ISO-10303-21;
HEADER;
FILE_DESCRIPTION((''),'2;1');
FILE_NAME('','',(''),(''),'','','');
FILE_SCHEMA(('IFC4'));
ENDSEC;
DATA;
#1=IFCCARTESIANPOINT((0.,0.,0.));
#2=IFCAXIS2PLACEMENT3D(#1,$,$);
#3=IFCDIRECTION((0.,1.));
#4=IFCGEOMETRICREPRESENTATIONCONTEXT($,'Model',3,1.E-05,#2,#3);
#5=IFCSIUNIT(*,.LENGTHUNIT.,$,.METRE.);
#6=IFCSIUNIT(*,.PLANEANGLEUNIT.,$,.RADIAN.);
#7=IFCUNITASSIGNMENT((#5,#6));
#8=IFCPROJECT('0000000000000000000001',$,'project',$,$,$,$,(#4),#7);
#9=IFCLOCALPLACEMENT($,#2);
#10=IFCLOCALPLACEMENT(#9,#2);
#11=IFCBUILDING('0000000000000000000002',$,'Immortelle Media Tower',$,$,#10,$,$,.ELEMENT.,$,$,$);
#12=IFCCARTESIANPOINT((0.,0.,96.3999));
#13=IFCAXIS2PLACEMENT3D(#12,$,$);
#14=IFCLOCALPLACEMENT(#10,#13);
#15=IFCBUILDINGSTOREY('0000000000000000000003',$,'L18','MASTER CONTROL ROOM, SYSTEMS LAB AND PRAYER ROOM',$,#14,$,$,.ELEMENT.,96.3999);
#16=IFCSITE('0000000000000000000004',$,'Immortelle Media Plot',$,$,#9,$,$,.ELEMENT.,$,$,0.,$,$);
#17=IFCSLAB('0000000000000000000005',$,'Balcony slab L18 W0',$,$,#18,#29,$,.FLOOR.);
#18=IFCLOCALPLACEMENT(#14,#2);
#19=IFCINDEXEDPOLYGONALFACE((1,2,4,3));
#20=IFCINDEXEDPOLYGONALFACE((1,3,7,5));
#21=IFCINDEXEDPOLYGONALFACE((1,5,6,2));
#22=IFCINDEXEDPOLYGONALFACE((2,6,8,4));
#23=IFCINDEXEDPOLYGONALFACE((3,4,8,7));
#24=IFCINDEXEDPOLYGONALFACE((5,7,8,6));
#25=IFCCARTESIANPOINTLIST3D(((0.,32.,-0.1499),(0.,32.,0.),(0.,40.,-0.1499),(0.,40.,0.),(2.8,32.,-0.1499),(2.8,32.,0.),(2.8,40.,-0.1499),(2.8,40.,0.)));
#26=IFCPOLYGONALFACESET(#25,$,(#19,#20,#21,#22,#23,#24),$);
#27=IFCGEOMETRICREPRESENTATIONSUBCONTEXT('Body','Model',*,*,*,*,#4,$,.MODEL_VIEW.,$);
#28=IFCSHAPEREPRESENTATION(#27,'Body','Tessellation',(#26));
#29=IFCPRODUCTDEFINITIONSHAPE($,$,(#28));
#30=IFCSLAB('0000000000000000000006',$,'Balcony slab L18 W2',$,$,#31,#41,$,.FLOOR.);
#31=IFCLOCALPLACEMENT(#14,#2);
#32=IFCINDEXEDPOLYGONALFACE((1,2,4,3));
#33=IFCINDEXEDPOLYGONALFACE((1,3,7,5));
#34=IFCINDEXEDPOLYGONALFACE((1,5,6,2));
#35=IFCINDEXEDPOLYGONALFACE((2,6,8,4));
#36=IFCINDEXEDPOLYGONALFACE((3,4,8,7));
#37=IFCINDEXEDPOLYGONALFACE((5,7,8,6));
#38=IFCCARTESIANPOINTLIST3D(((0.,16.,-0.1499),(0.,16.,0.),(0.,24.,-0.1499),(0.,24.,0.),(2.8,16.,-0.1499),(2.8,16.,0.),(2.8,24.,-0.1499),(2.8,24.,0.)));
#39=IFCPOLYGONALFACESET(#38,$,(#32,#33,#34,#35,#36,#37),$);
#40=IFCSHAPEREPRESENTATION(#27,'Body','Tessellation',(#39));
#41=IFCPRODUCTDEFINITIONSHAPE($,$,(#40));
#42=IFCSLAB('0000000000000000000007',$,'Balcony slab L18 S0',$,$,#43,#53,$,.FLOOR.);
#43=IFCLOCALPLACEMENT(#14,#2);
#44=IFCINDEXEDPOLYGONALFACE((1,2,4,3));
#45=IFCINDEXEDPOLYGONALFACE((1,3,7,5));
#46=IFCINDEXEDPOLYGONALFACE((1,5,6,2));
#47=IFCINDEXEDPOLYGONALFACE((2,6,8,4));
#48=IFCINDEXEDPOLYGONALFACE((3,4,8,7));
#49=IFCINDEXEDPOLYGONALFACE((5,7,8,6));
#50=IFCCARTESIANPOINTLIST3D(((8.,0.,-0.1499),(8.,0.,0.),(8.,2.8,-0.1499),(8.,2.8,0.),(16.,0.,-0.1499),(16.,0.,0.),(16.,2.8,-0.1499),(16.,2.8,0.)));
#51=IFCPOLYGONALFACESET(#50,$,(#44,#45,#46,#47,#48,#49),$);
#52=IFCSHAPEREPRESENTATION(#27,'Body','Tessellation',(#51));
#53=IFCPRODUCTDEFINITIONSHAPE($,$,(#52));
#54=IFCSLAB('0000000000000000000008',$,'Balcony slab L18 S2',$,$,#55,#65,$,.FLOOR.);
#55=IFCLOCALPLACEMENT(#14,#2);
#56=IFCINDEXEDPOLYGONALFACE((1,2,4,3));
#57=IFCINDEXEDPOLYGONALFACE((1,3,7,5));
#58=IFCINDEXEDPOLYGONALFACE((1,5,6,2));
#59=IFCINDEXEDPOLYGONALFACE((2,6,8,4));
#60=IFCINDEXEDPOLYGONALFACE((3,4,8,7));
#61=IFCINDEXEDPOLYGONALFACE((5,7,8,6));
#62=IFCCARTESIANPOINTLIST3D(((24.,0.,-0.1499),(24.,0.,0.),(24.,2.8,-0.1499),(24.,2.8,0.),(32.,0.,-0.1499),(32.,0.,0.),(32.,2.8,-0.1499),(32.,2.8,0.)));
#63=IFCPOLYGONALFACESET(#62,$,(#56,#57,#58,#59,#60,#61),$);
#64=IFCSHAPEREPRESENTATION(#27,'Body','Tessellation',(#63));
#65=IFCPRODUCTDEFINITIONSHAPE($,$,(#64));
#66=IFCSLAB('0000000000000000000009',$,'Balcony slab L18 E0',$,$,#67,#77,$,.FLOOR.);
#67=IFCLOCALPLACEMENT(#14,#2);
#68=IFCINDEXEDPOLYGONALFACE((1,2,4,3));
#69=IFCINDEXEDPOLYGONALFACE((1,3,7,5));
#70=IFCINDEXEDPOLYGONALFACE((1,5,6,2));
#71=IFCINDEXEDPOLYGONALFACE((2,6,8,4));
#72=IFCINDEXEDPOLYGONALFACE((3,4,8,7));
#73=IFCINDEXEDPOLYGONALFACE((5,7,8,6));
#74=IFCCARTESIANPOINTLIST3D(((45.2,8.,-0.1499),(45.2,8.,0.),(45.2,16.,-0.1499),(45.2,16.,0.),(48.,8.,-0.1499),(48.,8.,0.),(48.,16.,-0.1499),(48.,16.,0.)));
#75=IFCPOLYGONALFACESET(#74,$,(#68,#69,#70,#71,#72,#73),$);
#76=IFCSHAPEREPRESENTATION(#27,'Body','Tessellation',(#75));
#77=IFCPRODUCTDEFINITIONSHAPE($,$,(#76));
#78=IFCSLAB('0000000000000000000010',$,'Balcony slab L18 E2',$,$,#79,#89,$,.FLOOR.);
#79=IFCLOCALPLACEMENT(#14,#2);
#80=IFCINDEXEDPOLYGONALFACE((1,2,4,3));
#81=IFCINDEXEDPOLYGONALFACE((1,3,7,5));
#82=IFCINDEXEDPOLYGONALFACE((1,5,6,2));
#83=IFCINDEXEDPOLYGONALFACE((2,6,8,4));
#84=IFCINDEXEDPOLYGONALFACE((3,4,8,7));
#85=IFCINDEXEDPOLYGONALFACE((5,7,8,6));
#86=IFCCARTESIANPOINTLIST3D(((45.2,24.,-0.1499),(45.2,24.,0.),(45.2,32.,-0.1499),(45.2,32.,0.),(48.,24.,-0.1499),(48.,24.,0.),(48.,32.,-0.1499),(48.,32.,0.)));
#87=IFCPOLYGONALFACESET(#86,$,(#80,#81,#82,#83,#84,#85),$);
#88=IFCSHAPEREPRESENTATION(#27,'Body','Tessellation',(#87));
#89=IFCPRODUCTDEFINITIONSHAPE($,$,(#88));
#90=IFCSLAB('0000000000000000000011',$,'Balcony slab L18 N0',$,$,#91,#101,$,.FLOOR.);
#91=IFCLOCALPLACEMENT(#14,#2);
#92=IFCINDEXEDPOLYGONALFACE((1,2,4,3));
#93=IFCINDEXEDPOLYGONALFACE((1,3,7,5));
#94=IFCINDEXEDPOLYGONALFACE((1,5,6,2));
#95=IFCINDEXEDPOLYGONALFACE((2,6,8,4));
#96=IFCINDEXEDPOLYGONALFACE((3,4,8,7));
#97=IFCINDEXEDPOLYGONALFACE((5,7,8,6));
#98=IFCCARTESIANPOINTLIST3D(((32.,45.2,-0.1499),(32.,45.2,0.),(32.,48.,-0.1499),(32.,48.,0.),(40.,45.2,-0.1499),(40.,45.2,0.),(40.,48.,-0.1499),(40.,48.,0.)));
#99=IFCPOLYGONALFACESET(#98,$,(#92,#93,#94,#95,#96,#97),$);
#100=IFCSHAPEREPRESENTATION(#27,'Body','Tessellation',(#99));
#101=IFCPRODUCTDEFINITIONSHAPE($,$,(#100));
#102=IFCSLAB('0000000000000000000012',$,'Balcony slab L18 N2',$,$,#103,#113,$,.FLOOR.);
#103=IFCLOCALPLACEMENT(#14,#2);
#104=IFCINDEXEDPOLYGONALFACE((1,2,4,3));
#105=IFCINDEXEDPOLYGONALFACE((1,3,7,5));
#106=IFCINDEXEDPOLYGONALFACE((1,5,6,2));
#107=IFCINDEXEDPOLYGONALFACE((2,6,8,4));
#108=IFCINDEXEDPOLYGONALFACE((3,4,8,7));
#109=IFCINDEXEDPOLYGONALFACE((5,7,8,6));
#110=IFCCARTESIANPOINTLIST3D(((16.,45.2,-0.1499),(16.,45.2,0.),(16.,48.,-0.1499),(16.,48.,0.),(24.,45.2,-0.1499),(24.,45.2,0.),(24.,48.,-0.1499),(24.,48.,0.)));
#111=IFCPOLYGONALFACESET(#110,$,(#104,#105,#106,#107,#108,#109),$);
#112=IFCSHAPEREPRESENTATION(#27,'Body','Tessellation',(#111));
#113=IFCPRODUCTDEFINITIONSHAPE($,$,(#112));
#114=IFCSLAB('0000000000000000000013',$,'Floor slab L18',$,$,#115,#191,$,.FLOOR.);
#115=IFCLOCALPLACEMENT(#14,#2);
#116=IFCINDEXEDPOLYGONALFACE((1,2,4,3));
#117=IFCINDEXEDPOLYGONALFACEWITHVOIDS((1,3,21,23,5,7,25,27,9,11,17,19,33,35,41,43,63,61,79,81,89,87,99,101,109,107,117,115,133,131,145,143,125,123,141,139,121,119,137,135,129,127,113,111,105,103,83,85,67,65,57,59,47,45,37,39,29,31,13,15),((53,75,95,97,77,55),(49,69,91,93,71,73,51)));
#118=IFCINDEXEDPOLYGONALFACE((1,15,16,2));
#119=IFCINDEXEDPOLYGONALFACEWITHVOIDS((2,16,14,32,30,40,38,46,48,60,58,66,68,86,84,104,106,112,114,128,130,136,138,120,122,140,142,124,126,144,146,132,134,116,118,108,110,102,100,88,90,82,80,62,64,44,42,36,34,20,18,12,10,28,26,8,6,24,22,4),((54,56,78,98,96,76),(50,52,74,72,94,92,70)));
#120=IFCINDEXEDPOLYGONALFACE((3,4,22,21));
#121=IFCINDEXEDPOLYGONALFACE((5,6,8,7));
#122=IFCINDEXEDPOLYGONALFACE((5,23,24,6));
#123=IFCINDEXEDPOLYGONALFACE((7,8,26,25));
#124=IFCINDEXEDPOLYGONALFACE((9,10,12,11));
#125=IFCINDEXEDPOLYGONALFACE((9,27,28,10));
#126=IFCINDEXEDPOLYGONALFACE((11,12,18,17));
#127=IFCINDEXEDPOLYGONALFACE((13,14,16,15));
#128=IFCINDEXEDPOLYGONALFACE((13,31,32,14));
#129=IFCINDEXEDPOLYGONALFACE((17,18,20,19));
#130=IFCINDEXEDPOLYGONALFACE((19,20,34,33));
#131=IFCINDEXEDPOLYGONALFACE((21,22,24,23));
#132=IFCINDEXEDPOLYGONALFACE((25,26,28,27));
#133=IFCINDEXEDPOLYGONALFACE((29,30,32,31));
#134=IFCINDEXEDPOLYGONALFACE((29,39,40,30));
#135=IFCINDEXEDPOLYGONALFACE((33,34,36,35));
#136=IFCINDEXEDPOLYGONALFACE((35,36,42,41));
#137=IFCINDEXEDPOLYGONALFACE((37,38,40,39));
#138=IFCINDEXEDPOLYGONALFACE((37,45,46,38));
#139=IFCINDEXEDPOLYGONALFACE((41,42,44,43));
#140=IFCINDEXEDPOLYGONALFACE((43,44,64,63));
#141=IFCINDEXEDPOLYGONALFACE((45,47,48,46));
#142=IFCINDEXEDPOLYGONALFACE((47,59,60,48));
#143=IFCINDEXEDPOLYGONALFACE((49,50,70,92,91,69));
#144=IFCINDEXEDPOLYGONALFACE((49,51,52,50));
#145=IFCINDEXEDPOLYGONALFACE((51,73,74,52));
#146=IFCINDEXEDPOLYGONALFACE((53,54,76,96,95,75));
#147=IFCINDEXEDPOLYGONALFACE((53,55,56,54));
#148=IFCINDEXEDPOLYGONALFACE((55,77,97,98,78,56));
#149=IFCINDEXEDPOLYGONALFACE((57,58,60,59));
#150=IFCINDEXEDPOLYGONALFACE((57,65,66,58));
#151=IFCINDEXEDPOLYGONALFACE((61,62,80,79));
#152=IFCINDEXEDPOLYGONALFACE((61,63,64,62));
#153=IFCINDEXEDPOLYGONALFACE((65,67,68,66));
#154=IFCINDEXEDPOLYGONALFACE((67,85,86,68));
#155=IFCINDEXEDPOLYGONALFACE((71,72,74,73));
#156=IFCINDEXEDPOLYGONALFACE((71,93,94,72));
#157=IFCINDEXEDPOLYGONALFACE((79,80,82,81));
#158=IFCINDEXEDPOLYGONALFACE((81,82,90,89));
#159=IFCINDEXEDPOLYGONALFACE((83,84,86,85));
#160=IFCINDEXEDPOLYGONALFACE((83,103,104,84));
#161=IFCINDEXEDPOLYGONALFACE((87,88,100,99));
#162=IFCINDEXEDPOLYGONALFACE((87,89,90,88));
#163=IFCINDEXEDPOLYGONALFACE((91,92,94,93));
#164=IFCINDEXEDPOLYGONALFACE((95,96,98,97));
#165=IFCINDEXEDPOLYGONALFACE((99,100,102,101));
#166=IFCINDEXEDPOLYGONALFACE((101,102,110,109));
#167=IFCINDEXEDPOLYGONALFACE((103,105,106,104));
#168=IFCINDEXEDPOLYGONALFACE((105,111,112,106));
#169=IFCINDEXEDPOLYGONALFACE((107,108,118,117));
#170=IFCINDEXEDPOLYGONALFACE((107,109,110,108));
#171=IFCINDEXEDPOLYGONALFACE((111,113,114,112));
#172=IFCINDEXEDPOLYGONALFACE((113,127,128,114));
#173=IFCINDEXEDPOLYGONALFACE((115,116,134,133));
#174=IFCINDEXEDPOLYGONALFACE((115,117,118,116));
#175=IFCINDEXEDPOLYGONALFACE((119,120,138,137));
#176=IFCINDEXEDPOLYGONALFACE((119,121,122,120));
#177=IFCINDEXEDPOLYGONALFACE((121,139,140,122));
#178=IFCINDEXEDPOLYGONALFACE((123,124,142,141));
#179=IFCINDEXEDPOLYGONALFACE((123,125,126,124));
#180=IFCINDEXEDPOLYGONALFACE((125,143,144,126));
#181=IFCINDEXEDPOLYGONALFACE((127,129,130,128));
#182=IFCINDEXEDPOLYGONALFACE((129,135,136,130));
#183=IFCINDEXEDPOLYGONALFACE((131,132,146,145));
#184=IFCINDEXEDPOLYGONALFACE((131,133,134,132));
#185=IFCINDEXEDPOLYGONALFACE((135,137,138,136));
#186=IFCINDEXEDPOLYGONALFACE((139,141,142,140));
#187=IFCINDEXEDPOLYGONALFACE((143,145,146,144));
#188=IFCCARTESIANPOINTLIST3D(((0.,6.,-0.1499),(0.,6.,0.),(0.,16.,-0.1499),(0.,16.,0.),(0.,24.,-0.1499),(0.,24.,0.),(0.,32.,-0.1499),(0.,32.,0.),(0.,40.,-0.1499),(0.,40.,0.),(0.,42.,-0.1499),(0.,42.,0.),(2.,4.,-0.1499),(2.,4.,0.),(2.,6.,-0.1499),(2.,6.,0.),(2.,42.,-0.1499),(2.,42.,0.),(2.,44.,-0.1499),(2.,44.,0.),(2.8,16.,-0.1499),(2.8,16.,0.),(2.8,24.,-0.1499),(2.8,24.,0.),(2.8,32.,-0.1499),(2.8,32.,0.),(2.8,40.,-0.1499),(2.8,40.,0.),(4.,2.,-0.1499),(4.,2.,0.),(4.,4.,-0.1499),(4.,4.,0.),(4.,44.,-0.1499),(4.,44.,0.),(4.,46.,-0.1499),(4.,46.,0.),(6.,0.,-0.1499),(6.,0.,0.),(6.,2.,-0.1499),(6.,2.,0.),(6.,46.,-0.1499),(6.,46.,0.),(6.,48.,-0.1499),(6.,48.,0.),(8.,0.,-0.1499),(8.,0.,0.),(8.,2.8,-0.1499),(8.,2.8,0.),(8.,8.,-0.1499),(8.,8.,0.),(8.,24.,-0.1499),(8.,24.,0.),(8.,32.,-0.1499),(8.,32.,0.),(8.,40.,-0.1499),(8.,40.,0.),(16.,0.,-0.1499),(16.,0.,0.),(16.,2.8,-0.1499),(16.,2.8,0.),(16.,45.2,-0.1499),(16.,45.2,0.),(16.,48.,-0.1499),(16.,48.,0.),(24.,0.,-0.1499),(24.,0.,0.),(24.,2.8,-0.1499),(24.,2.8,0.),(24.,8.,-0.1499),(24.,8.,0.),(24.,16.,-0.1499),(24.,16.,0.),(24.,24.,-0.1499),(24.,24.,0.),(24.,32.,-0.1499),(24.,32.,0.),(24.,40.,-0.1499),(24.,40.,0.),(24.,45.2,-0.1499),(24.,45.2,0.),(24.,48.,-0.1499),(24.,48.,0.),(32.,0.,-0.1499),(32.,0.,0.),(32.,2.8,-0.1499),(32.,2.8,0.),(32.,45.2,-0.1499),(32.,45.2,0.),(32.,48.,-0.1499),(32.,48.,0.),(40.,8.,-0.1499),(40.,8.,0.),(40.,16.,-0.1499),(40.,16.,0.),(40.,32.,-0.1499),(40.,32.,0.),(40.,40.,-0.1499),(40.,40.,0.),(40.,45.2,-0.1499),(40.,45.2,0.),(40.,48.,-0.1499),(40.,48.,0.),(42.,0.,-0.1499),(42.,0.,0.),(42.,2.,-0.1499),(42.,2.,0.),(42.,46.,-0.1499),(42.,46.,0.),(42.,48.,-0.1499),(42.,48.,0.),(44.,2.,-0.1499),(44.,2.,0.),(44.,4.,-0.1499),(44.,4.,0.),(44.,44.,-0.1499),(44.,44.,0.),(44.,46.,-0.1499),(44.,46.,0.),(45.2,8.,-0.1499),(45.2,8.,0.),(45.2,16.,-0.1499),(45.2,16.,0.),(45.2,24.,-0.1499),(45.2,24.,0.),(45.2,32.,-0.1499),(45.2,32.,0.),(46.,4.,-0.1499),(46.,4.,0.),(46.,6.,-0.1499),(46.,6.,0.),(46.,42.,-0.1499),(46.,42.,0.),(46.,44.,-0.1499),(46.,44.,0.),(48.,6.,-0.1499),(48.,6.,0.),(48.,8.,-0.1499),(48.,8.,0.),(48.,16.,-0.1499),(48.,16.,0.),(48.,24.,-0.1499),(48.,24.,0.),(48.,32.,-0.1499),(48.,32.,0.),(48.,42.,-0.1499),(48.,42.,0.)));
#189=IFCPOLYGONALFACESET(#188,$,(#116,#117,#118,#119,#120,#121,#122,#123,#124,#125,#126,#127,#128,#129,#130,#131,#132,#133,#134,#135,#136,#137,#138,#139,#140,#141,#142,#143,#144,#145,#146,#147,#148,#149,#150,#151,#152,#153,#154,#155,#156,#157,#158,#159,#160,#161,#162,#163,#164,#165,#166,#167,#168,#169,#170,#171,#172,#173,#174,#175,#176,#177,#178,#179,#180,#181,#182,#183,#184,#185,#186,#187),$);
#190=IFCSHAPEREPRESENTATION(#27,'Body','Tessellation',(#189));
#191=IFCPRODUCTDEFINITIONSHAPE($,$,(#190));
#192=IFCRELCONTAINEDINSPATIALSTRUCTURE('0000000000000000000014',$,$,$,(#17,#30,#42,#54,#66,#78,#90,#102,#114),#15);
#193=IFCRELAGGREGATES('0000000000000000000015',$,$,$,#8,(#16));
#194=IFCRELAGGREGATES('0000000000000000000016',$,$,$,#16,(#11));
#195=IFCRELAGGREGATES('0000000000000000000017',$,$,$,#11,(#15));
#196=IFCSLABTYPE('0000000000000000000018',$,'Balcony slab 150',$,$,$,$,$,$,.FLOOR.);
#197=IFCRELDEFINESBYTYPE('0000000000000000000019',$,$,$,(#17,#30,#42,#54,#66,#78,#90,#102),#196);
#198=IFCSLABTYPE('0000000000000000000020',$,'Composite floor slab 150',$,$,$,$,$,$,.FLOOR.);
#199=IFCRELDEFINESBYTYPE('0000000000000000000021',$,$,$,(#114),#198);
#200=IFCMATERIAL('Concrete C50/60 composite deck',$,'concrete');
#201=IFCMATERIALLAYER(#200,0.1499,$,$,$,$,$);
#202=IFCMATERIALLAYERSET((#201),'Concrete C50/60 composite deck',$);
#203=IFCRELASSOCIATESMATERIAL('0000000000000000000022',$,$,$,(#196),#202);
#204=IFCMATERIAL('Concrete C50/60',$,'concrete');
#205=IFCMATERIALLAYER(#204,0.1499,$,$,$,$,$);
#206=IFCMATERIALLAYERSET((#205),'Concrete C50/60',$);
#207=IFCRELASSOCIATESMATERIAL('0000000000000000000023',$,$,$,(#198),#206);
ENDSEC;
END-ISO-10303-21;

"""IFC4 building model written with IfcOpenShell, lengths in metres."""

from ifc_helpers import new_model, si_unit, direction, frame, origin, place, context, subcontext, project, spatial, polyline, outline, extrude, material, layer, layer_set, type_object, element, save


model = new_model("IFC4")

# Units and contexts
model_context = context("Model", 3, precision=1e-05, world=origin(), true_north=direction((0.0, 1.0)))
body_context = subcontext(model_context, "Body", "Model", "MODEL_VIEW")
ifc_project = project(units=[si_unit("LENGTHUNIT", "METRE"), si_unit("PLANEANGLEUNIT", "RADIAN")], contexts=[model_context])

# Site, building, storey
site_placement = place(None, origin())
site = spatial("IfcSite", under=ifc_project, at=site_placement, Name="Immortelle Media Plot", CompositionType="ELEMENT", RefElevation=0.0)
building_placement = place(site_placement, origin())
building = spatial("IfcBuilding", under=site, at=building_placement, Name="Immortelle Media Tower", CompositionType="ELEMENT")
storey_placement = place(building_placement, frame((0.0, 0.0, 96.3999)))
storey = spatial("IfcBuildingStorey", under=building, at=storey_placement, Name="L18", Description="MASTER CONTROL ROOM, SYSTEMS LAB AND PRAYER ROOM", CompositionType="ELEMENT", Elevation=96.3999)

# Slabs
ifc_material_1 = material(Name="Concrete C50/60 composite deck", Category="concrete")
ifc_layer_1 = layer(ifc_material_1, 0.1499)
ifc_layer_set_1 = layer_set([ifc_layer_1], Name="Concrete C50/60 composite deck")
slab_type_1 = type_object("IfcSlabType", Name="Balcony slab 150", PredefinedType="FLOOR", material=ifc_layer_set_1)
slab_1_placement = place(storey_placement, frame((0.0, 0.0, -0.1499)))
element("IfcSlab", 1, at=slab_1_placement, inside=storey, type_object=slab_type_1, Name="Balcony slab L18 W0", PredefinedType="FLOOR", context=body_context, shape_type="SweptSolid", body=[
    extrude(outline(polyline([(2.8, 32.0), (2.8, 40.0), (0.0, 40.0), (0.0, 32.0), (2.8, 32.0)])), origin(), (0.0, 0.0, 1.0), 0.1499),
])
slab_2_placement = place(storey_placement, frame((0.0, 0.0, -0.1499)))
element("IfcSlab", 2, at=slab_2_placement, inside=storey, type_object=slab_type_1, Name="Balcony slab L18 W2", PredefinedType="FLOOR", context=body_context, shape_type="SweptSolid", body=[
    extrude(outline(polyline([(2.8, 16.0), (2.8, 24.0), (0.0, 24.0), (0.0, 16.0), (2.8, 16.0)])), origin(), (0.0, 0.0, 1.0), 0.1499),
])
slab_3_placement = place(storey_placement, frame((0.0, 0.0, -0.1499)))
element("IfcSlab", 3, at=slab_3_placement, inside=storey, type_object=slab_type_1, Name="Balcony slab L18 S0", PredefinedType="FLOOR", context=body_context, shape_type="SweptSolid", body=[
    extrude(outline(polyline([(16.0, 0.0), (16.0, 2.8), (8.0, 2.8), (8.0, 0.0), (16.0, 0.0)])), origin(), (0.0, 0.0, 1.0), 0.1499),
])
slab_4_placement = place(storey_placement, frame((0.0, 0.0, -0.1499)))
element("IfcSlab", 4, at=slab_4_placement, inside=storey, type_object=slab_type_1, Name="Balcony slab L18 S2", PredefinedType="FLOOR", context=body_context, shape_type="SweptSolid", body=[
    extrude(outline(polyline([(32.0, 0.0), (32.0, 2.8), (24.0, 2.8), (24.0, 0.0), (32.0, 0.0)])), origin(), (0.0, 0.0, 1.0), 0.1499),
])
slab_5_placement = place(storey_placement, frame((0.0, 0.0, -0.1499)))
element("IfcSlab", 5, at=slab_5_placement, inside=storey, type_object=slab_type_1, Name="Balcony slab L18 E0", PredefinedType="FLOOR", context=body_context, shape_type="SweptSolid", body=[
    extrude(outline(polyline([(48.0, 8.0), (48.0, 16.0), (45.2, 16.0), (45.2, 8.0), (48.0, 8.0)])), origin(), (0.0, 0.0, 1.0), 0.1499),
])
slab_6_placement = place(storey_placement, frame((0.0, 0.0, -0.1499)))
element("IfcSlab", 6, at=slab_6_placement, inside=storey, type_object=slab_type_1, Name="Balcony slab L18 E2", PredefinedType="FLOOR", context=body_context, shape_type="SweptSolid", body=[
    extrude(outline(polyline([(48.0, 24.0), (48.0, 32.0), (45.2, 32.0), (45.2, 24.0), (48.0, 24.0)])), origin(), (0.0, 0.0, 1.0), 0.1499),
])
slab_7_placement = place(storey_placement, frame((0.0, 0.0, -0.1499)))
element("IfcSlab", 7, at=slab_7_placement, inside=storey, type_object=slab_type_1, Name="Balcony slab L18 N0", PredefinedType="FLOOR", context=body_context, shape_type="SweptSolid", body=[
    extrude(outline(polyline([(40.0, 45.2), (40.0, 48.0), (32.0, 48.0), (32.0, 45.2), (40.0, 45.2)])), origin(), (0.0, 0.0, 1.0), 0.1499),
])
slab_8_placement = place(storey_placement, frame((0.0, 0.0, -0.1499)))
element("IfcSlab", 8, at=slab_8_placement, inside=storey, type_object=slab_type_1, Name="Balcony slab L18 N2", PredefinedType="FLOOR", context=body_context, shape_type="SweptSolid", body=[
    extrude(outline(polyline([(24.0, 45.2), (24.0, 48.0), (16.0, 48.0), (16.0, 45.2), (24.0, 45.2)])), origin(), (0.0, 0.0, 1.0), 0.1499),
])
ifc_material_2 = material(Name="Concrete C50/60", Category="concrete")
ifc_layer_2 = layer(ifc_material_2, 0.1499)
ifc_layer_set_2 = layer_set([ifc_layer_2], Name="Concrete C50/60")
slab_type_2 = type_object("IfcSlabType", Name="Composite floor slab 150", PredefinedType="FLOOR", material=ifc_layer_set_2)
slab_9_placement = place(storey_placement, frame((0.0, 0.0, -0.1499)))
element("IfcSlab", 9, at=slab_9_placement, inside=storey, type_object=slab_type_2, Name="Floor slab L18", PredefinedType="FLOOR", context=body_context, shape_type="SweptSolid", body=[
    extrude(outline(polyline([(6.0, 0.0), (6.0, 2.0), (4.0, 2.0), (4.0, 4.0), (2.0, 4.0), (2.0, 6.0), (0.0, 6.0), (0.0, 16.0), (2.8, 16.0), (2.8, 24.0), (0.0, 24.0), (0.0, 32.0), (2.8, 32.0), (2.8, 40.0), (0.0, 40.0), (0.0, 42.0), (2.0, 42.0), (2.0, 44.0), (4.0, 44.0), (4.0, 46.0), (6.0, 46.0), (6.0, 48.0), (16.0, 48.0), (16.0, 45.2), (24.0, 45.2), (24.0, 48.0), (32.0, 48.0), (32.0, 45.2), (40.0, 45.2), (40.0, 48.0), (42.0, 48.0), (42.0, 46.0), (44.0, 46.0), (44.0, 44.0), (46.0, 44.0), (46.0, 42.0), (48.0, 42.0), (48.0, 32.0), (45.2, 32.0), (45.2, 24.0), (48.0, 24.0), (48.0, 16.0), (45.2, 16.0), (45.2, 8.0), (48.0, 8.0), (48.0, 6.0), (46.0, 6.0), (46.0, 4.0), (44.0, 4.0), (44.0, 2.0), (42.0, 2.0), (42.0, 0.0), (32.0, 0.0), (32.0, 2.8), (24.0, 2.8), (24.0, 0.0), (16.0, 0.0), (16.0, 2.8), (8.0, 2.8), (8.0, 0.0), (6.0, 0.0)]), holes=[polyline([(24.0, 24.0), (8.0, 24.0), (8.0, 8.0), (24.0, 8.0), (40.0, 8.0), (40.0, 16.0), (24.0, 16.0), (24.0, 24.0)]), polyline([(24.0, 32.0), (40.0, 32.0), (40.0, 40.0), (24.0, 40.0), (8.0, 40.0), (8.0, 32.0), (24.0, 32.0)])]), origin(), (0.0, 0.0, 1.0), 0.1499),
])

save(model, "model.ifc")
